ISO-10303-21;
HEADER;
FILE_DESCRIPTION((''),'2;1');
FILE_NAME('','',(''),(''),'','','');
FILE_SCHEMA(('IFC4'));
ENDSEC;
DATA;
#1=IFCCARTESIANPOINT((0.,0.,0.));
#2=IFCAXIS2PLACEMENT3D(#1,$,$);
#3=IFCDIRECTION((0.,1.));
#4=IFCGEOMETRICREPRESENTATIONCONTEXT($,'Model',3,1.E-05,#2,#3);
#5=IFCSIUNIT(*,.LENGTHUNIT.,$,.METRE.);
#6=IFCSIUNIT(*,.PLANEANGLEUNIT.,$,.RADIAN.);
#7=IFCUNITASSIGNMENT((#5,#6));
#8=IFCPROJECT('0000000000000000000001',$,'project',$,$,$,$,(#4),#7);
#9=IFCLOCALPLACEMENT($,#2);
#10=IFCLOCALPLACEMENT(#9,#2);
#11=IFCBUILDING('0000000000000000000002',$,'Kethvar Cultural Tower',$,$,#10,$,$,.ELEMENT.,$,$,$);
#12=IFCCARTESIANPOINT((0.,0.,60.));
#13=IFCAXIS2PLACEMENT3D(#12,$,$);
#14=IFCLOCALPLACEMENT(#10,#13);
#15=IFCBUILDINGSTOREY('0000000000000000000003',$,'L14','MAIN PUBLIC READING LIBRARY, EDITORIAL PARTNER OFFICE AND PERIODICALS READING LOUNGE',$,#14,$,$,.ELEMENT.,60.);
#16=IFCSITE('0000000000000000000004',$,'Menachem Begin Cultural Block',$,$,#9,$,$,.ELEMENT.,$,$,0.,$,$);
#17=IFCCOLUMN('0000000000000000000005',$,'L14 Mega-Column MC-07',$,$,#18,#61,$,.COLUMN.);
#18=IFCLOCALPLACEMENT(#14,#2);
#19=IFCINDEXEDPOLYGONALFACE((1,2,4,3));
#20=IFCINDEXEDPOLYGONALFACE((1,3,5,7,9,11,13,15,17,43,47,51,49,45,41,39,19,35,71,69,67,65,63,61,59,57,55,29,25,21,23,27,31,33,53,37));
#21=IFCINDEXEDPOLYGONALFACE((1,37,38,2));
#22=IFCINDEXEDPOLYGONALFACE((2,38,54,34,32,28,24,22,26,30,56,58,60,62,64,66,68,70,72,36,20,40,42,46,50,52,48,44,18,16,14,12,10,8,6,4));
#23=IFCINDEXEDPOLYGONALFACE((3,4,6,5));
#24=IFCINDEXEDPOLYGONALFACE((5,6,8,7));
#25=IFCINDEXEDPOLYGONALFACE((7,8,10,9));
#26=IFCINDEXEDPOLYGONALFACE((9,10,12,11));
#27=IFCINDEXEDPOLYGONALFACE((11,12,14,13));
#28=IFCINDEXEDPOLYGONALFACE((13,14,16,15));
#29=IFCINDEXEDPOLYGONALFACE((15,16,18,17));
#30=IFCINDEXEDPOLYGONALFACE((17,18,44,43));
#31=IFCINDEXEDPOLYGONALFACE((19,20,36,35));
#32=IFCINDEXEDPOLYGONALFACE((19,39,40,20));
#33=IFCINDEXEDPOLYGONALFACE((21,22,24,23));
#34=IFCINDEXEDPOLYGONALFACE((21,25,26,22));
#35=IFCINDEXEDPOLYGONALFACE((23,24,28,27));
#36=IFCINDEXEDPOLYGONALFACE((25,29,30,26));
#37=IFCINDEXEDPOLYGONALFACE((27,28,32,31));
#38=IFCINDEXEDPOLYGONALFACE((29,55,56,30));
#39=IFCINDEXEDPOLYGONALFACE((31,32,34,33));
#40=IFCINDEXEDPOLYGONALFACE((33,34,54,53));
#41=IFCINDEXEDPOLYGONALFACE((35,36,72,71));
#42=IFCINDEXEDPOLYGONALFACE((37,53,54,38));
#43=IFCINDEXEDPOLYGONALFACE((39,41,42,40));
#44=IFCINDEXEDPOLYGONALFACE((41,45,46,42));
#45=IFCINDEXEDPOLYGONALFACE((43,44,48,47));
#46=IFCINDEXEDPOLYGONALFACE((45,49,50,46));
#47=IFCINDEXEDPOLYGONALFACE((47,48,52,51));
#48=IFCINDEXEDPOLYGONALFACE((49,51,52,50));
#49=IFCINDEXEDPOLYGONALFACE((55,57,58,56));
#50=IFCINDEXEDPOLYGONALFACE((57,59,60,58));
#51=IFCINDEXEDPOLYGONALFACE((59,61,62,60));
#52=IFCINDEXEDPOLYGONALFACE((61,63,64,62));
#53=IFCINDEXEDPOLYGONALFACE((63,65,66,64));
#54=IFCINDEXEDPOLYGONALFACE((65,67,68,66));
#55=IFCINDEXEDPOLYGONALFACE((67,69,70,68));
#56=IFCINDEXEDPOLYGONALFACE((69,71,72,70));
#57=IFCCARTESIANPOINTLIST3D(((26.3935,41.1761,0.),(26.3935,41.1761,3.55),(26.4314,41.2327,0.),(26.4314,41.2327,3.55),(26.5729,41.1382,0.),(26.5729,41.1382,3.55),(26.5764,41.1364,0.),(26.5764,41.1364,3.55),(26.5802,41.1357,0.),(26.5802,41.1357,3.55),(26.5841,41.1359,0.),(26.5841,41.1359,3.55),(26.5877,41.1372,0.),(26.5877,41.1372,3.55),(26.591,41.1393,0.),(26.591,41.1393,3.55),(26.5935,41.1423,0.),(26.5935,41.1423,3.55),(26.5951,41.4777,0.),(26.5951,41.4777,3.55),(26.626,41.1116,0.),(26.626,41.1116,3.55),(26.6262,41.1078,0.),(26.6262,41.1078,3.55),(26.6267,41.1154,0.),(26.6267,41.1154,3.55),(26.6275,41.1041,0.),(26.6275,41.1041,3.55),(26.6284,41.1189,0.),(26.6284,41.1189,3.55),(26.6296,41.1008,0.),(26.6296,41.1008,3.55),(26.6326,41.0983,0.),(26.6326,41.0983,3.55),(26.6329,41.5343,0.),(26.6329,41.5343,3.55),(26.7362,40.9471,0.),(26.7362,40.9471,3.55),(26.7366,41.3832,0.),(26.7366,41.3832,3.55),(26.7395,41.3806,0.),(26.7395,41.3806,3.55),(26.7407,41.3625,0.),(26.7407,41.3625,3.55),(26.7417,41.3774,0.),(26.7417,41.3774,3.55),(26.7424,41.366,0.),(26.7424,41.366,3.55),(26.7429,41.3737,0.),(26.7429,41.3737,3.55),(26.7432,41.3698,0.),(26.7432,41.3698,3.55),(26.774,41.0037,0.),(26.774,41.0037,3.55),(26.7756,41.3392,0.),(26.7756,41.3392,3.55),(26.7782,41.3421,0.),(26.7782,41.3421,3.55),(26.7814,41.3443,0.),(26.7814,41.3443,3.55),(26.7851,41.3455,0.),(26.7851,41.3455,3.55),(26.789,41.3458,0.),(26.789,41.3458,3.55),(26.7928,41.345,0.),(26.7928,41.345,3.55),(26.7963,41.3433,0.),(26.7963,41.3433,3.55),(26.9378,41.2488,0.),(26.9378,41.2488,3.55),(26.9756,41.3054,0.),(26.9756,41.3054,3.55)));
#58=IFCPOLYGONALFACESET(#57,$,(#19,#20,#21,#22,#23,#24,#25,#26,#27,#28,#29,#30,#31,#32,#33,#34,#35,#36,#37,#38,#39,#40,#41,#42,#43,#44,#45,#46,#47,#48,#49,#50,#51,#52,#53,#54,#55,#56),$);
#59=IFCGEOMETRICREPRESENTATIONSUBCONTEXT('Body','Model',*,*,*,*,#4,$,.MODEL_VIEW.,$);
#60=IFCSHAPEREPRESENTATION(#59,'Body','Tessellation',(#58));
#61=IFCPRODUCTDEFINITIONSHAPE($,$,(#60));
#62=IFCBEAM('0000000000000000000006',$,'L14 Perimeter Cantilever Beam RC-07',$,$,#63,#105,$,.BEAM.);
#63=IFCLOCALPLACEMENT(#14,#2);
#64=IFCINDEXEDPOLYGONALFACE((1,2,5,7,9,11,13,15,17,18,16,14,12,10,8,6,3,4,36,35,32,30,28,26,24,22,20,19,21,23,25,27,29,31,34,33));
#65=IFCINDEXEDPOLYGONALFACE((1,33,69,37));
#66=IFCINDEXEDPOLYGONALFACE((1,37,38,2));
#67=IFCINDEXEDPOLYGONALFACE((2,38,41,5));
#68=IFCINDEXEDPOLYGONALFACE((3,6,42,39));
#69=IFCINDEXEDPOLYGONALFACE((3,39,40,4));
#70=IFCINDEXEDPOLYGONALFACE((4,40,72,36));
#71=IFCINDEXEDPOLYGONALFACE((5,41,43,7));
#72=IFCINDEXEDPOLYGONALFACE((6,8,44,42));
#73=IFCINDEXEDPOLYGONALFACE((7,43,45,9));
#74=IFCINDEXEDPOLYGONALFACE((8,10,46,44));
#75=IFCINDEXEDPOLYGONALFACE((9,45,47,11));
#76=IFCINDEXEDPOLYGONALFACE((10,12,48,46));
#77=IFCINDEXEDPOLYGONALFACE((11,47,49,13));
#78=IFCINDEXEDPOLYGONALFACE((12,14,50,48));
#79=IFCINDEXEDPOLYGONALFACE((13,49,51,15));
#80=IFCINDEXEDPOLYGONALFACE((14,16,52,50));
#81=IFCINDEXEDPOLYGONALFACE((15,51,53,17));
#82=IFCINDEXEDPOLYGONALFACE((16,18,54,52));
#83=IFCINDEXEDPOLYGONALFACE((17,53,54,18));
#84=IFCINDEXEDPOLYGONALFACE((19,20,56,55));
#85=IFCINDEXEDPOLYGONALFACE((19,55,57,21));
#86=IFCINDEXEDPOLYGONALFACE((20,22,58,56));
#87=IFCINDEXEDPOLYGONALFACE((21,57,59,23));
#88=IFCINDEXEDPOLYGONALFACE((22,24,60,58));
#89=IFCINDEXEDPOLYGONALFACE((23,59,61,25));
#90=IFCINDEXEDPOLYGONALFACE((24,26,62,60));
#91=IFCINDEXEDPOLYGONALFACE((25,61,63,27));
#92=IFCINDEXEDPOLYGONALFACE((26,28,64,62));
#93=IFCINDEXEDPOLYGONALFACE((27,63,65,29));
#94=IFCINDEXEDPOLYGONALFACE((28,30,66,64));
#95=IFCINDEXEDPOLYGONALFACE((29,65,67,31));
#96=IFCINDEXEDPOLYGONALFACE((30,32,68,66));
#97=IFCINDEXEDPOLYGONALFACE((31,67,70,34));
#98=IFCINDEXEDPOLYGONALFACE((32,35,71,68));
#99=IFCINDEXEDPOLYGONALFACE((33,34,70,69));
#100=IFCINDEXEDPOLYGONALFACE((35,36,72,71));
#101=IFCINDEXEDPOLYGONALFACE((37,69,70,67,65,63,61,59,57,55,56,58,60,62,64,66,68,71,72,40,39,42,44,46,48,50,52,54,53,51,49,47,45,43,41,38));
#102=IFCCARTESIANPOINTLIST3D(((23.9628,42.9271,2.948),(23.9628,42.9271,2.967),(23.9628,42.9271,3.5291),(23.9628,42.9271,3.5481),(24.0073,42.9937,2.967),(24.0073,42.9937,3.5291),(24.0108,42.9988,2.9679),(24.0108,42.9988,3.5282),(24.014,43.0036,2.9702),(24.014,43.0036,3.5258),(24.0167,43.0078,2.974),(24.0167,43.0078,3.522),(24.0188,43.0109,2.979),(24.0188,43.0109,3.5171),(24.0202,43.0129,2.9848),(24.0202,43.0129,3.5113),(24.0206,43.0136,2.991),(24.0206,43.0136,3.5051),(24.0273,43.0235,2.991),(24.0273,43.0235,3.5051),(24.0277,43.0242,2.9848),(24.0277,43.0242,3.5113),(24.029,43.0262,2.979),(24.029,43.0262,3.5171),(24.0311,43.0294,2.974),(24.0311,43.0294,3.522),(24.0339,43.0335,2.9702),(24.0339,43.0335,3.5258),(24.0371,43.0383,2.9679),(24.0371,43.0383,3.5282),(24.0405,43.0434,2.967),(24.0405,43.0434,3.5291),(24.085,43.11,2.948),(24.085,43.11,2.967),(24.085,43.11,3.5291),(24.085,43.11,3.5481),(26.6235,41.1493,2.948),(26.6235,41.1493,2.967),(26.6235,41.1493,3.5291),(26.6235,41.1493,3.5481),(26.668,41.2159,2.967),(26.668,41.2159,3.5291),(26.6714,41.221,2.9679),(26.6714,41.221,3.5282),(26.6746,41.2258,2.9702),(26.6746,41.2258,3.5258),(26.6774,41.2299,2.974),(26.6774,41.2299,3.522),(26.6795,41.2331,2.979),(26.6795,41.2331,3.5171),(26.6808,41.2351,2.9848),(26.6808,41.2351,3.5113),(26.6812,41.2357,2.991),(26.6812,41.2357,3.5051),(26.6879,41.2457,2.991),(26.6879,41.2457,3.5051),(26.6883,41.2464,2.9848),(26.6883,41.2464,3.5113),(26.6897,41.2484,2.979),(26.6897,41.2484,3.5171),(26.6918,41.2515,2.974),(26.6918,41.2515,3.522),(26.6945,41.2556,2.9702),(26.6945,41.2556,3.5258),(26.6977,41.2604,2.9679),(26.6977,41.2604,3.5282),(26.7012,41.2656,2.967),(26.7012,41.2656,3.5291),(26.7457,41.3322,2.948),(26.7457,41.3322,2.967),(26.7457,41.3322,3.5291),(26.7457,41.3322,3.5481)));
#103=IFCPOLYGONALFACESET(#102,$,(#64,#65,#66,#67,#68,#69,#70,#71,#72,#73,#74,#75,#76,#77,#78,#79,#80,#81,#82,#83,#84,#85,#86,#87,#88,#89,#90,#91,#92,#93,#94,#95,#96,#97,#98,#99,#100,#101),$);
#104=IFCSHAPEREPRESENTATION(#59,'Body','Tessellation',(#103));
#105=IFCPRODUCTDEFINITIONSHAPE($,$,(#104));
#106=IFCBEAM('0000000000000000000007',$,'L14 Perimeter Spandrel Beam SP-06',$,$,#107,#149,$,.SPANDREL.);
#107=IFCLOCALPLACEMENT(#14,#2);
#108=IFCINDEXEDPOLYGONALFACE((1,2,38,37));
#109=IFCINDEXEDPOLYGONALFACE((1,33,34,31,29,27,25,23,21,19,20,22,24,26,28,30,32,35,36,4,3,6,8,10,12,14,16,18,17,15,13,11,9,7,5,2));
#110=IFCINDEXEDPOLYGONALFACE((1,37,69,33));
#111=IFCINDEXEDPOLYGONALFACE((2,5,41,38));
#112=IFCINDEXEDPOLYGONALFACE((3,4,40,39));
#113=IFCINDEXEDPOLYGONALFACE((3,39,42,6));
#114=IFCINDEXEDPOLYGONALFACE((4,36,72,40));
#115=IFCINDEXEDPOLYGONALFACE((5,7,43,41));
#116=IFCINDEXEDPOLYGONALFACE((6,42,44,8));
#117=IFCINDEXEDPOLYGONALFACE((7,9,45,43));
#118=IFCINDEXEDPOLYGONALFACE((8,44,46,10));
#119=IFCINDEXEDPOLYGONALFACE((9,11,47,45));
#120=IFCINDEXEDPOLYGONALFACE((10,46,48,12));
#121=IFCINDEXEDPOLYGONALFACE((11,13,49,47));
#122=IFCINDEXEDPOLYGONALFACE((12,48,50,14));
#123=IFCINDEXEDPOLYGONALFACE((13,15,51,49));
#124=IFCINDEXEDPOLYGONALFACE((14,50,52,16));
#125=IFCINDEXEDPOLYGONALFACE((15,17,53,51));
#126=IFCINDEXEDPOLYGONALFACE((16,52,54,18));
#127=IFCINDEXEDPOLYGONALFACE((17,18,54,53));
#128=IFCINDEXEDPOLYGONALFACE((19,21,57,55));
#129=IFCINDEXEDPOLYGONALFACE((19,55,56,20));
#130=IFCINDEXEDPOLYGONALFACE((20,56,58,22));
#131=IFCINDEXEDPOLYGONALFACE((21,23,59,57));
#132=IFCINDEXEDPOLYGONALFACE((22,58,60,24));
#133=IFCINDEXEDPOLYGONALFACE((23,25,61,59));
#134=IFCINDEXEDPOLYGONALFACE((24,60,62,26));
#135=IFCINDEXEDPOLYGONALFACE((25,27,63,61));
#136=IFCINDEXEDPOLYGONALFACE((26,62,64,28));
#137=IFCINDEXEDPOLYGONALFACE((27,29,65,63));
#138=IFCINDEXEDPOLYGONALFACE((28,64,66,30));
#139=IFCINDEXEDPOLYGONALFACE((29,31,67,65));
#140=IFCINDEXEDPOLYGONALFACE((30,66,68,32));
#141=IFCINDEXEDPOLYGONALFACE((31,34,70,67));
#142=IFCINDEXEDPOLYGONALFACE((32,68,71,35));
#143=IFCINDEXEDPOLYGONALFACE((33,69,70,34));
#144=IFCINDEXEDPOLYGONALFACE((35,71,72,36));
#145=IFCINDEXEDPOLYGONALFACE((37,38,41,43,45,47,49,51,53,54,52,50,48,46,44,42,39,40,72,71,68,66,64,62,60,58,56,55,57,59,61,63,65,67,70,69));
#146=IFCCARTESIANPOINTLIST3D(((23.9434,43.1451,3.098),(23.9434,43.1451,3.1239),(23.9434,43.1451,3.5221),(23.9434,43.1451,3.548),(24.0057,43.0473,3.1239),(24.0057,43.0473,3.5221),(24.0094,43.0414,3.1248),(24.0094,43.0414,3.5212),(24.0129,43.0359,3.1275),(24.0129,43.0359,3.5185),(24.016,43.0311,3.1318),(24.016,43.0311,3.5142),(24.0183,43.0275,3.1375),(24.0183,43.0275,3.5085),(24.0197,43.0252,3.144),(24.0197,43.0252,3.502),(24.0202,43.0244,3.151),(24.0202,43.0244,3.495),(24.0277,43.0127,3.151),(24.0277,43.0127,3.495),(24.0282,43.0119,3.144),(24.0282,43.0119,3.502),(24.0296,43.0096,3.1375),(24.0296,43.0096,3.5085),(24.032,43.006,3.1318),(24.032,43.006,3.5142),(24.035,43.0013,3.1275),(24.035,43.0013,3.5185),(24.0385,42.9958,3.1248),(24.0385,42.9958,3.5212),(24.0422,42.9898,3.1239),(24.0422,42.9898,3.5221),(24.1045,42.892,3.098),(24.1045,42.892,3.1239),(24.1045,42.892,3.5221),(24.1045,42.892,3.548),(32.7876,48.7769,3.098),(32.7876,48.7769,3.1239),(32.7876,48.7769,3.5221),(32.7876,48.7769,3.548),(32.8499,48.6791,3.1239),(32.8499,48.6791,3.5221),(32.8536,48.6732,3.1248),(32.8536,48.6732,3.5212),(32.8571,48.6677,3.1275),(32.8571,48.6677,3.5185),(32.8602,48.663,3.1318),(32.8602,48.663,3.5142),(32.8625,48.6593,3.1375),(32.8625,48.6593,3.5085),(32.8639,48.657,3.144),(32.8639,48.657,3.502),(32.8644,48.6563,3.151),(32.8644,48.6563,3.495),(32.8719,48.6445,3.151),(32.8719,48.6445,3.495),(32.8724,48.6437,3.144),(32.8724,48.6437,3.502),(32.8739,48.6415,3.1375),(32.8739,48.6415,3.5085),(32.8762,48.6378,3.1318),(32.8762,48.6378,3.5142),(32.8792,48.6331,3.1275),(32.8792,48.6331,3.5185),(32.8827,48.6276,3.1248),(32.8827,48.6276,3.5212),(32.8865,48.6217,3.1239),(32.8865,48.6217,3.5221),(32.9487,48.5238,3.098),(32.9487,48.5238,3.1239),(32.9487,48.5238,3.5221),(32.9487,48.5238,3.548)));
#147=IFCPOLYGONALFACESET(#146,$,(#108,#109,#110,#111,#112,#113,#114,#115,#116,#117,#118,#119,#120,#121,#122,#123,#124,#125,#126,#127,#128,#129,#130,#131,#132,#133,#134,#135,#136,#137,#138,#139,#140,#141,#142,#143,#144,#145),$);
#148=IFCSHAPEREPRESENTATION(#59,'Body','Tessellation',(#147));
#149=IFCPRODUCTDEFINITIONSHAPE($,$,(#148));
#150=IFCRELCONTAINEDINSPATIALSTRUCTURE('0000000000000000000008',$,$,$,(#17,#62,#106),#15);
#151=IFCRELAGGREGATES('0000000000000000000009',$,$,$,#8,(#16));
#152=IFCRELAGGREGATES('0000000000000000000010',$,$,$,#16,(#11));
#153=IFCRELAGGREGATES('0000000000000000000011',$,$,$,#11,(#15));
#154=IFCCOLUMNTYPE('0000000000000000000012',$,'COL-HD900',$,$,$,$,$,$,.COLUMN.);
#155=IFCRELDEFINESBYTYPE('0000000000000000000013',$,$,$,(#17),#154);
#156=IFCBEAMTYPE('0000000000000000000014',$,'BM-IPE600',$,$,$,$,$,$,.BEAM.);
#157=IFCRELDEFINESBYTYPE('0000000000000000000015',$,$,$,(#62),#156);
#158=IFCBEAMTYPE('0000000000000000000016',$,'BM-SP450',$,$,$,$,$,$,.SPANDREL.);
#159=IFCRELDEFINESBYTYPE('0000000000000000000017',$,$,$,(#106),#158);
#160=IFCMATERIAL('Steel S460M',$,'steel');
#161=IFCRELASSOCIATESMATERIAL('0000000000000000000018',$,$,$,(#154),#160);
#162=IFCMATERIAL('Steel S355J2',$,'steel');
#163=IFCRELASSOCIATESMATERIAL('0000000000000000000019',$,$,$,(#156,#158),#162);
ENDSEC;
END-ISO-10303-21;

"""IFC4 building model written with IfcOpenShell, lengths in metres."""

from ifc_helpers import new_model, si_unit, direction, frame, origin, origin_2d, place, context, subcontext, project, spatial, i_section, extrude, source, transform, mapped, material, material_profile, profile_set, type_object, element, save


model = new_model("IFC4")

# Units and contexts
model_context = context("Model", 3, precision=1e-05, world=origin(), true_north=direction((0.0, 1.0)))
body_context = subcontext(model_context, "Body", "Model", "MODEL_VIEW")
ifc_project = project(units=[si_unit("LENGTHUNIT", "METRE"), si_unit("PLANEANGLEUNIT", "RADIAN")], contexts=[model_context])

# Site, building, storey
site_placement = place(None, origin())
site = spatial("IfcSite", under=ifc_project, at=site_placement, Name="Menachem Begin Cultural Block", CompositionType="ELEMENT", RefElevation=0.0)
building_placement = place(site_placement, origin())
building = spatial("IfcBuilding", under=site, at=building_placement, Name="Kethvar Cultural Tower", CompositionType="ELEMENT")
storey_placement = place(building_placement, frame((0.0, 0.0, 60.0)))
storey = spatial("IfcBuildingStorey", under=building, at=storey_placement, Name="L14", Description="MAIN PUBLIC READING LIBRARY, EDITORIAL PARTNER OFFICE AND PERIODICALS READING LOUNGE", CompositionType="ELEMENT", Elevation=60.0)

# Column
ifc_material_1 = material(Name="Steel S460M", Category="steel")
ifc_material_profile_1 = material_profile(ifc_material_1, i_section(OverallWidth=0.4121, OverallDepth=0.4309, WebThickness=0.042, FlangeThickness=0.0681, FilletRadius=0.0149, at=origin_2d()), Name="Steel S460M — HD400x900")
ifc_profile_set_1 = profile_set([ifc_material_profile_1], Name="Steel S460M — HD400x900")
column_type = type_object("IfcColumnType", Name="COL-HD900", PredefinedType="COLUMN", material=ifc_profile_set_1)
shared_shape_1 = source(origin(), body_context, "Body", "SweptSolid", [
    extrude(i_section(OverallWidth=0.4121, OverallDepth=0.4309, WebThickness=0.042, FlangeThickness=0.0681, FilletRadius=0.0149, at=origin_2d()), origin(), (0.0, 0.0, 1.0), 3.55),
])
column_placement = place(storey_placement, frame((26.6846, 41.2407, 0.0), z_axis=(0.0, 0.0, 1.0), x_axis=(-0.83147, 0.55557, 0.0)))
element("IfcColumn", 1, at=column_placement, inside=storey, type_object=column_type, Name="L14 Mega-Column MC-07", PredefinedType="COLUMN", context=body_context, shape_type="MappedRepresentation", body=[
    mapped(shared_shape_1, transform((0.0, 0.0, 0.0), scale=1.0)),
])

# Beams
ifc_material_2 = material(Name="Steel S355J2", Category="steel")
ifc_material_profile_2 = material_profile(ifc_material_2, i_section(OverallWidth=0.22, OverallDepth=0.6001, WebThickness=0.012, FlangeThickness=0.019, FilletRadius=0.0239, at=origin_2d()), Name="Steel S355J2 — IPE600")
ifc_profile_set_2 = profile_set([ifc_material_profile_2], Name="Steel S355J2 — IPE600")
beam_type_1 = type_object("IfcBeamType", Name="BM-IPE600", PredefinedType="BEAM", material=ifc_profile_set_2)
shared_shape_2 = source(origin(), body_context, "Body", "SweptSolid", [
    extrude(i_section(OverallWidth=0.22, OverallDepth=0.6001, WebThickness=0.012, FlangeThickness=0.019, FilletRadius=0.0239, at=origin_2d()), origin(), (0.0, 0.0, 1.0), 3.2),
])
beam_1_placement = place(storey_placement, frame((26.6846, 41.2407, 3.248), z_axis=(-0.831463, 0.55558, 0.0), x_axis=(-0.55558, -0.831463, 0.0)))
element("IfcBeam", 2, at=beam_1_placement, inside=storey, type_object=beam_type_1, Name="L14 Perimeter Cantilever Beam RC-07", PredefinedType="BEAM", context=body_context, shape_type="MappedRepresentation", body=[
    mapped(shared_shape_2, transform((0.0, 0.0, 0.0), scale=1.0)),
])
ifc_material_profile_3 = material_profile(ifc_material_2, i_section(OverallWidth=0.3, OverallDepth=0.45, WebThickness=0.0139, FlangeThickness=0.0259, FilletRadius=0.0271, at=origin_2d()), Name="Steel S355J2 — HEB450")
ifc_profile_set_3 = profile_set([ifc_material_profile_3], Name="Steel S355J2 — HEB450")
beam_type_2 = type_object("IfcBeamType", Name="BM-SP450", PredefinedType="SPANDREL", material=ifc_profile_set_3)
shared_shape_3 = source(origin(), body_context, "Body", "SweptSolid", [
    extrude(i_section(OverallWidth=0.3, OverallDepth=0.45, WebThickness=0.0139, FlangeThickness=0.0259, FilletRadius=0.0271, at=origin_2d()), origin(), (0.0, 0.0, 1.0), 10.4851),
])
beam_2_placement = place(storey_placement, frame((32.8682, 48.6504, 3.323), z_axis=(-0.843502, -0.537126, 0.0), x_axis=(0.537126, -0.843502, 0.0)))
element("IfcBeam", 3, at=beam_2_placement, inside=storey, type_object=beam_type_2, Name="L14 Perimeter Spandrel Beam SP-06", PredefinedType="SPANDREL", context=body_context, shape_type="MappedRepresentation", body=[
    mapped(shared_shape_3, transform((0.0, 0.0, 0.0), scale=1.0)),
])

save(model, "model.ifc")
